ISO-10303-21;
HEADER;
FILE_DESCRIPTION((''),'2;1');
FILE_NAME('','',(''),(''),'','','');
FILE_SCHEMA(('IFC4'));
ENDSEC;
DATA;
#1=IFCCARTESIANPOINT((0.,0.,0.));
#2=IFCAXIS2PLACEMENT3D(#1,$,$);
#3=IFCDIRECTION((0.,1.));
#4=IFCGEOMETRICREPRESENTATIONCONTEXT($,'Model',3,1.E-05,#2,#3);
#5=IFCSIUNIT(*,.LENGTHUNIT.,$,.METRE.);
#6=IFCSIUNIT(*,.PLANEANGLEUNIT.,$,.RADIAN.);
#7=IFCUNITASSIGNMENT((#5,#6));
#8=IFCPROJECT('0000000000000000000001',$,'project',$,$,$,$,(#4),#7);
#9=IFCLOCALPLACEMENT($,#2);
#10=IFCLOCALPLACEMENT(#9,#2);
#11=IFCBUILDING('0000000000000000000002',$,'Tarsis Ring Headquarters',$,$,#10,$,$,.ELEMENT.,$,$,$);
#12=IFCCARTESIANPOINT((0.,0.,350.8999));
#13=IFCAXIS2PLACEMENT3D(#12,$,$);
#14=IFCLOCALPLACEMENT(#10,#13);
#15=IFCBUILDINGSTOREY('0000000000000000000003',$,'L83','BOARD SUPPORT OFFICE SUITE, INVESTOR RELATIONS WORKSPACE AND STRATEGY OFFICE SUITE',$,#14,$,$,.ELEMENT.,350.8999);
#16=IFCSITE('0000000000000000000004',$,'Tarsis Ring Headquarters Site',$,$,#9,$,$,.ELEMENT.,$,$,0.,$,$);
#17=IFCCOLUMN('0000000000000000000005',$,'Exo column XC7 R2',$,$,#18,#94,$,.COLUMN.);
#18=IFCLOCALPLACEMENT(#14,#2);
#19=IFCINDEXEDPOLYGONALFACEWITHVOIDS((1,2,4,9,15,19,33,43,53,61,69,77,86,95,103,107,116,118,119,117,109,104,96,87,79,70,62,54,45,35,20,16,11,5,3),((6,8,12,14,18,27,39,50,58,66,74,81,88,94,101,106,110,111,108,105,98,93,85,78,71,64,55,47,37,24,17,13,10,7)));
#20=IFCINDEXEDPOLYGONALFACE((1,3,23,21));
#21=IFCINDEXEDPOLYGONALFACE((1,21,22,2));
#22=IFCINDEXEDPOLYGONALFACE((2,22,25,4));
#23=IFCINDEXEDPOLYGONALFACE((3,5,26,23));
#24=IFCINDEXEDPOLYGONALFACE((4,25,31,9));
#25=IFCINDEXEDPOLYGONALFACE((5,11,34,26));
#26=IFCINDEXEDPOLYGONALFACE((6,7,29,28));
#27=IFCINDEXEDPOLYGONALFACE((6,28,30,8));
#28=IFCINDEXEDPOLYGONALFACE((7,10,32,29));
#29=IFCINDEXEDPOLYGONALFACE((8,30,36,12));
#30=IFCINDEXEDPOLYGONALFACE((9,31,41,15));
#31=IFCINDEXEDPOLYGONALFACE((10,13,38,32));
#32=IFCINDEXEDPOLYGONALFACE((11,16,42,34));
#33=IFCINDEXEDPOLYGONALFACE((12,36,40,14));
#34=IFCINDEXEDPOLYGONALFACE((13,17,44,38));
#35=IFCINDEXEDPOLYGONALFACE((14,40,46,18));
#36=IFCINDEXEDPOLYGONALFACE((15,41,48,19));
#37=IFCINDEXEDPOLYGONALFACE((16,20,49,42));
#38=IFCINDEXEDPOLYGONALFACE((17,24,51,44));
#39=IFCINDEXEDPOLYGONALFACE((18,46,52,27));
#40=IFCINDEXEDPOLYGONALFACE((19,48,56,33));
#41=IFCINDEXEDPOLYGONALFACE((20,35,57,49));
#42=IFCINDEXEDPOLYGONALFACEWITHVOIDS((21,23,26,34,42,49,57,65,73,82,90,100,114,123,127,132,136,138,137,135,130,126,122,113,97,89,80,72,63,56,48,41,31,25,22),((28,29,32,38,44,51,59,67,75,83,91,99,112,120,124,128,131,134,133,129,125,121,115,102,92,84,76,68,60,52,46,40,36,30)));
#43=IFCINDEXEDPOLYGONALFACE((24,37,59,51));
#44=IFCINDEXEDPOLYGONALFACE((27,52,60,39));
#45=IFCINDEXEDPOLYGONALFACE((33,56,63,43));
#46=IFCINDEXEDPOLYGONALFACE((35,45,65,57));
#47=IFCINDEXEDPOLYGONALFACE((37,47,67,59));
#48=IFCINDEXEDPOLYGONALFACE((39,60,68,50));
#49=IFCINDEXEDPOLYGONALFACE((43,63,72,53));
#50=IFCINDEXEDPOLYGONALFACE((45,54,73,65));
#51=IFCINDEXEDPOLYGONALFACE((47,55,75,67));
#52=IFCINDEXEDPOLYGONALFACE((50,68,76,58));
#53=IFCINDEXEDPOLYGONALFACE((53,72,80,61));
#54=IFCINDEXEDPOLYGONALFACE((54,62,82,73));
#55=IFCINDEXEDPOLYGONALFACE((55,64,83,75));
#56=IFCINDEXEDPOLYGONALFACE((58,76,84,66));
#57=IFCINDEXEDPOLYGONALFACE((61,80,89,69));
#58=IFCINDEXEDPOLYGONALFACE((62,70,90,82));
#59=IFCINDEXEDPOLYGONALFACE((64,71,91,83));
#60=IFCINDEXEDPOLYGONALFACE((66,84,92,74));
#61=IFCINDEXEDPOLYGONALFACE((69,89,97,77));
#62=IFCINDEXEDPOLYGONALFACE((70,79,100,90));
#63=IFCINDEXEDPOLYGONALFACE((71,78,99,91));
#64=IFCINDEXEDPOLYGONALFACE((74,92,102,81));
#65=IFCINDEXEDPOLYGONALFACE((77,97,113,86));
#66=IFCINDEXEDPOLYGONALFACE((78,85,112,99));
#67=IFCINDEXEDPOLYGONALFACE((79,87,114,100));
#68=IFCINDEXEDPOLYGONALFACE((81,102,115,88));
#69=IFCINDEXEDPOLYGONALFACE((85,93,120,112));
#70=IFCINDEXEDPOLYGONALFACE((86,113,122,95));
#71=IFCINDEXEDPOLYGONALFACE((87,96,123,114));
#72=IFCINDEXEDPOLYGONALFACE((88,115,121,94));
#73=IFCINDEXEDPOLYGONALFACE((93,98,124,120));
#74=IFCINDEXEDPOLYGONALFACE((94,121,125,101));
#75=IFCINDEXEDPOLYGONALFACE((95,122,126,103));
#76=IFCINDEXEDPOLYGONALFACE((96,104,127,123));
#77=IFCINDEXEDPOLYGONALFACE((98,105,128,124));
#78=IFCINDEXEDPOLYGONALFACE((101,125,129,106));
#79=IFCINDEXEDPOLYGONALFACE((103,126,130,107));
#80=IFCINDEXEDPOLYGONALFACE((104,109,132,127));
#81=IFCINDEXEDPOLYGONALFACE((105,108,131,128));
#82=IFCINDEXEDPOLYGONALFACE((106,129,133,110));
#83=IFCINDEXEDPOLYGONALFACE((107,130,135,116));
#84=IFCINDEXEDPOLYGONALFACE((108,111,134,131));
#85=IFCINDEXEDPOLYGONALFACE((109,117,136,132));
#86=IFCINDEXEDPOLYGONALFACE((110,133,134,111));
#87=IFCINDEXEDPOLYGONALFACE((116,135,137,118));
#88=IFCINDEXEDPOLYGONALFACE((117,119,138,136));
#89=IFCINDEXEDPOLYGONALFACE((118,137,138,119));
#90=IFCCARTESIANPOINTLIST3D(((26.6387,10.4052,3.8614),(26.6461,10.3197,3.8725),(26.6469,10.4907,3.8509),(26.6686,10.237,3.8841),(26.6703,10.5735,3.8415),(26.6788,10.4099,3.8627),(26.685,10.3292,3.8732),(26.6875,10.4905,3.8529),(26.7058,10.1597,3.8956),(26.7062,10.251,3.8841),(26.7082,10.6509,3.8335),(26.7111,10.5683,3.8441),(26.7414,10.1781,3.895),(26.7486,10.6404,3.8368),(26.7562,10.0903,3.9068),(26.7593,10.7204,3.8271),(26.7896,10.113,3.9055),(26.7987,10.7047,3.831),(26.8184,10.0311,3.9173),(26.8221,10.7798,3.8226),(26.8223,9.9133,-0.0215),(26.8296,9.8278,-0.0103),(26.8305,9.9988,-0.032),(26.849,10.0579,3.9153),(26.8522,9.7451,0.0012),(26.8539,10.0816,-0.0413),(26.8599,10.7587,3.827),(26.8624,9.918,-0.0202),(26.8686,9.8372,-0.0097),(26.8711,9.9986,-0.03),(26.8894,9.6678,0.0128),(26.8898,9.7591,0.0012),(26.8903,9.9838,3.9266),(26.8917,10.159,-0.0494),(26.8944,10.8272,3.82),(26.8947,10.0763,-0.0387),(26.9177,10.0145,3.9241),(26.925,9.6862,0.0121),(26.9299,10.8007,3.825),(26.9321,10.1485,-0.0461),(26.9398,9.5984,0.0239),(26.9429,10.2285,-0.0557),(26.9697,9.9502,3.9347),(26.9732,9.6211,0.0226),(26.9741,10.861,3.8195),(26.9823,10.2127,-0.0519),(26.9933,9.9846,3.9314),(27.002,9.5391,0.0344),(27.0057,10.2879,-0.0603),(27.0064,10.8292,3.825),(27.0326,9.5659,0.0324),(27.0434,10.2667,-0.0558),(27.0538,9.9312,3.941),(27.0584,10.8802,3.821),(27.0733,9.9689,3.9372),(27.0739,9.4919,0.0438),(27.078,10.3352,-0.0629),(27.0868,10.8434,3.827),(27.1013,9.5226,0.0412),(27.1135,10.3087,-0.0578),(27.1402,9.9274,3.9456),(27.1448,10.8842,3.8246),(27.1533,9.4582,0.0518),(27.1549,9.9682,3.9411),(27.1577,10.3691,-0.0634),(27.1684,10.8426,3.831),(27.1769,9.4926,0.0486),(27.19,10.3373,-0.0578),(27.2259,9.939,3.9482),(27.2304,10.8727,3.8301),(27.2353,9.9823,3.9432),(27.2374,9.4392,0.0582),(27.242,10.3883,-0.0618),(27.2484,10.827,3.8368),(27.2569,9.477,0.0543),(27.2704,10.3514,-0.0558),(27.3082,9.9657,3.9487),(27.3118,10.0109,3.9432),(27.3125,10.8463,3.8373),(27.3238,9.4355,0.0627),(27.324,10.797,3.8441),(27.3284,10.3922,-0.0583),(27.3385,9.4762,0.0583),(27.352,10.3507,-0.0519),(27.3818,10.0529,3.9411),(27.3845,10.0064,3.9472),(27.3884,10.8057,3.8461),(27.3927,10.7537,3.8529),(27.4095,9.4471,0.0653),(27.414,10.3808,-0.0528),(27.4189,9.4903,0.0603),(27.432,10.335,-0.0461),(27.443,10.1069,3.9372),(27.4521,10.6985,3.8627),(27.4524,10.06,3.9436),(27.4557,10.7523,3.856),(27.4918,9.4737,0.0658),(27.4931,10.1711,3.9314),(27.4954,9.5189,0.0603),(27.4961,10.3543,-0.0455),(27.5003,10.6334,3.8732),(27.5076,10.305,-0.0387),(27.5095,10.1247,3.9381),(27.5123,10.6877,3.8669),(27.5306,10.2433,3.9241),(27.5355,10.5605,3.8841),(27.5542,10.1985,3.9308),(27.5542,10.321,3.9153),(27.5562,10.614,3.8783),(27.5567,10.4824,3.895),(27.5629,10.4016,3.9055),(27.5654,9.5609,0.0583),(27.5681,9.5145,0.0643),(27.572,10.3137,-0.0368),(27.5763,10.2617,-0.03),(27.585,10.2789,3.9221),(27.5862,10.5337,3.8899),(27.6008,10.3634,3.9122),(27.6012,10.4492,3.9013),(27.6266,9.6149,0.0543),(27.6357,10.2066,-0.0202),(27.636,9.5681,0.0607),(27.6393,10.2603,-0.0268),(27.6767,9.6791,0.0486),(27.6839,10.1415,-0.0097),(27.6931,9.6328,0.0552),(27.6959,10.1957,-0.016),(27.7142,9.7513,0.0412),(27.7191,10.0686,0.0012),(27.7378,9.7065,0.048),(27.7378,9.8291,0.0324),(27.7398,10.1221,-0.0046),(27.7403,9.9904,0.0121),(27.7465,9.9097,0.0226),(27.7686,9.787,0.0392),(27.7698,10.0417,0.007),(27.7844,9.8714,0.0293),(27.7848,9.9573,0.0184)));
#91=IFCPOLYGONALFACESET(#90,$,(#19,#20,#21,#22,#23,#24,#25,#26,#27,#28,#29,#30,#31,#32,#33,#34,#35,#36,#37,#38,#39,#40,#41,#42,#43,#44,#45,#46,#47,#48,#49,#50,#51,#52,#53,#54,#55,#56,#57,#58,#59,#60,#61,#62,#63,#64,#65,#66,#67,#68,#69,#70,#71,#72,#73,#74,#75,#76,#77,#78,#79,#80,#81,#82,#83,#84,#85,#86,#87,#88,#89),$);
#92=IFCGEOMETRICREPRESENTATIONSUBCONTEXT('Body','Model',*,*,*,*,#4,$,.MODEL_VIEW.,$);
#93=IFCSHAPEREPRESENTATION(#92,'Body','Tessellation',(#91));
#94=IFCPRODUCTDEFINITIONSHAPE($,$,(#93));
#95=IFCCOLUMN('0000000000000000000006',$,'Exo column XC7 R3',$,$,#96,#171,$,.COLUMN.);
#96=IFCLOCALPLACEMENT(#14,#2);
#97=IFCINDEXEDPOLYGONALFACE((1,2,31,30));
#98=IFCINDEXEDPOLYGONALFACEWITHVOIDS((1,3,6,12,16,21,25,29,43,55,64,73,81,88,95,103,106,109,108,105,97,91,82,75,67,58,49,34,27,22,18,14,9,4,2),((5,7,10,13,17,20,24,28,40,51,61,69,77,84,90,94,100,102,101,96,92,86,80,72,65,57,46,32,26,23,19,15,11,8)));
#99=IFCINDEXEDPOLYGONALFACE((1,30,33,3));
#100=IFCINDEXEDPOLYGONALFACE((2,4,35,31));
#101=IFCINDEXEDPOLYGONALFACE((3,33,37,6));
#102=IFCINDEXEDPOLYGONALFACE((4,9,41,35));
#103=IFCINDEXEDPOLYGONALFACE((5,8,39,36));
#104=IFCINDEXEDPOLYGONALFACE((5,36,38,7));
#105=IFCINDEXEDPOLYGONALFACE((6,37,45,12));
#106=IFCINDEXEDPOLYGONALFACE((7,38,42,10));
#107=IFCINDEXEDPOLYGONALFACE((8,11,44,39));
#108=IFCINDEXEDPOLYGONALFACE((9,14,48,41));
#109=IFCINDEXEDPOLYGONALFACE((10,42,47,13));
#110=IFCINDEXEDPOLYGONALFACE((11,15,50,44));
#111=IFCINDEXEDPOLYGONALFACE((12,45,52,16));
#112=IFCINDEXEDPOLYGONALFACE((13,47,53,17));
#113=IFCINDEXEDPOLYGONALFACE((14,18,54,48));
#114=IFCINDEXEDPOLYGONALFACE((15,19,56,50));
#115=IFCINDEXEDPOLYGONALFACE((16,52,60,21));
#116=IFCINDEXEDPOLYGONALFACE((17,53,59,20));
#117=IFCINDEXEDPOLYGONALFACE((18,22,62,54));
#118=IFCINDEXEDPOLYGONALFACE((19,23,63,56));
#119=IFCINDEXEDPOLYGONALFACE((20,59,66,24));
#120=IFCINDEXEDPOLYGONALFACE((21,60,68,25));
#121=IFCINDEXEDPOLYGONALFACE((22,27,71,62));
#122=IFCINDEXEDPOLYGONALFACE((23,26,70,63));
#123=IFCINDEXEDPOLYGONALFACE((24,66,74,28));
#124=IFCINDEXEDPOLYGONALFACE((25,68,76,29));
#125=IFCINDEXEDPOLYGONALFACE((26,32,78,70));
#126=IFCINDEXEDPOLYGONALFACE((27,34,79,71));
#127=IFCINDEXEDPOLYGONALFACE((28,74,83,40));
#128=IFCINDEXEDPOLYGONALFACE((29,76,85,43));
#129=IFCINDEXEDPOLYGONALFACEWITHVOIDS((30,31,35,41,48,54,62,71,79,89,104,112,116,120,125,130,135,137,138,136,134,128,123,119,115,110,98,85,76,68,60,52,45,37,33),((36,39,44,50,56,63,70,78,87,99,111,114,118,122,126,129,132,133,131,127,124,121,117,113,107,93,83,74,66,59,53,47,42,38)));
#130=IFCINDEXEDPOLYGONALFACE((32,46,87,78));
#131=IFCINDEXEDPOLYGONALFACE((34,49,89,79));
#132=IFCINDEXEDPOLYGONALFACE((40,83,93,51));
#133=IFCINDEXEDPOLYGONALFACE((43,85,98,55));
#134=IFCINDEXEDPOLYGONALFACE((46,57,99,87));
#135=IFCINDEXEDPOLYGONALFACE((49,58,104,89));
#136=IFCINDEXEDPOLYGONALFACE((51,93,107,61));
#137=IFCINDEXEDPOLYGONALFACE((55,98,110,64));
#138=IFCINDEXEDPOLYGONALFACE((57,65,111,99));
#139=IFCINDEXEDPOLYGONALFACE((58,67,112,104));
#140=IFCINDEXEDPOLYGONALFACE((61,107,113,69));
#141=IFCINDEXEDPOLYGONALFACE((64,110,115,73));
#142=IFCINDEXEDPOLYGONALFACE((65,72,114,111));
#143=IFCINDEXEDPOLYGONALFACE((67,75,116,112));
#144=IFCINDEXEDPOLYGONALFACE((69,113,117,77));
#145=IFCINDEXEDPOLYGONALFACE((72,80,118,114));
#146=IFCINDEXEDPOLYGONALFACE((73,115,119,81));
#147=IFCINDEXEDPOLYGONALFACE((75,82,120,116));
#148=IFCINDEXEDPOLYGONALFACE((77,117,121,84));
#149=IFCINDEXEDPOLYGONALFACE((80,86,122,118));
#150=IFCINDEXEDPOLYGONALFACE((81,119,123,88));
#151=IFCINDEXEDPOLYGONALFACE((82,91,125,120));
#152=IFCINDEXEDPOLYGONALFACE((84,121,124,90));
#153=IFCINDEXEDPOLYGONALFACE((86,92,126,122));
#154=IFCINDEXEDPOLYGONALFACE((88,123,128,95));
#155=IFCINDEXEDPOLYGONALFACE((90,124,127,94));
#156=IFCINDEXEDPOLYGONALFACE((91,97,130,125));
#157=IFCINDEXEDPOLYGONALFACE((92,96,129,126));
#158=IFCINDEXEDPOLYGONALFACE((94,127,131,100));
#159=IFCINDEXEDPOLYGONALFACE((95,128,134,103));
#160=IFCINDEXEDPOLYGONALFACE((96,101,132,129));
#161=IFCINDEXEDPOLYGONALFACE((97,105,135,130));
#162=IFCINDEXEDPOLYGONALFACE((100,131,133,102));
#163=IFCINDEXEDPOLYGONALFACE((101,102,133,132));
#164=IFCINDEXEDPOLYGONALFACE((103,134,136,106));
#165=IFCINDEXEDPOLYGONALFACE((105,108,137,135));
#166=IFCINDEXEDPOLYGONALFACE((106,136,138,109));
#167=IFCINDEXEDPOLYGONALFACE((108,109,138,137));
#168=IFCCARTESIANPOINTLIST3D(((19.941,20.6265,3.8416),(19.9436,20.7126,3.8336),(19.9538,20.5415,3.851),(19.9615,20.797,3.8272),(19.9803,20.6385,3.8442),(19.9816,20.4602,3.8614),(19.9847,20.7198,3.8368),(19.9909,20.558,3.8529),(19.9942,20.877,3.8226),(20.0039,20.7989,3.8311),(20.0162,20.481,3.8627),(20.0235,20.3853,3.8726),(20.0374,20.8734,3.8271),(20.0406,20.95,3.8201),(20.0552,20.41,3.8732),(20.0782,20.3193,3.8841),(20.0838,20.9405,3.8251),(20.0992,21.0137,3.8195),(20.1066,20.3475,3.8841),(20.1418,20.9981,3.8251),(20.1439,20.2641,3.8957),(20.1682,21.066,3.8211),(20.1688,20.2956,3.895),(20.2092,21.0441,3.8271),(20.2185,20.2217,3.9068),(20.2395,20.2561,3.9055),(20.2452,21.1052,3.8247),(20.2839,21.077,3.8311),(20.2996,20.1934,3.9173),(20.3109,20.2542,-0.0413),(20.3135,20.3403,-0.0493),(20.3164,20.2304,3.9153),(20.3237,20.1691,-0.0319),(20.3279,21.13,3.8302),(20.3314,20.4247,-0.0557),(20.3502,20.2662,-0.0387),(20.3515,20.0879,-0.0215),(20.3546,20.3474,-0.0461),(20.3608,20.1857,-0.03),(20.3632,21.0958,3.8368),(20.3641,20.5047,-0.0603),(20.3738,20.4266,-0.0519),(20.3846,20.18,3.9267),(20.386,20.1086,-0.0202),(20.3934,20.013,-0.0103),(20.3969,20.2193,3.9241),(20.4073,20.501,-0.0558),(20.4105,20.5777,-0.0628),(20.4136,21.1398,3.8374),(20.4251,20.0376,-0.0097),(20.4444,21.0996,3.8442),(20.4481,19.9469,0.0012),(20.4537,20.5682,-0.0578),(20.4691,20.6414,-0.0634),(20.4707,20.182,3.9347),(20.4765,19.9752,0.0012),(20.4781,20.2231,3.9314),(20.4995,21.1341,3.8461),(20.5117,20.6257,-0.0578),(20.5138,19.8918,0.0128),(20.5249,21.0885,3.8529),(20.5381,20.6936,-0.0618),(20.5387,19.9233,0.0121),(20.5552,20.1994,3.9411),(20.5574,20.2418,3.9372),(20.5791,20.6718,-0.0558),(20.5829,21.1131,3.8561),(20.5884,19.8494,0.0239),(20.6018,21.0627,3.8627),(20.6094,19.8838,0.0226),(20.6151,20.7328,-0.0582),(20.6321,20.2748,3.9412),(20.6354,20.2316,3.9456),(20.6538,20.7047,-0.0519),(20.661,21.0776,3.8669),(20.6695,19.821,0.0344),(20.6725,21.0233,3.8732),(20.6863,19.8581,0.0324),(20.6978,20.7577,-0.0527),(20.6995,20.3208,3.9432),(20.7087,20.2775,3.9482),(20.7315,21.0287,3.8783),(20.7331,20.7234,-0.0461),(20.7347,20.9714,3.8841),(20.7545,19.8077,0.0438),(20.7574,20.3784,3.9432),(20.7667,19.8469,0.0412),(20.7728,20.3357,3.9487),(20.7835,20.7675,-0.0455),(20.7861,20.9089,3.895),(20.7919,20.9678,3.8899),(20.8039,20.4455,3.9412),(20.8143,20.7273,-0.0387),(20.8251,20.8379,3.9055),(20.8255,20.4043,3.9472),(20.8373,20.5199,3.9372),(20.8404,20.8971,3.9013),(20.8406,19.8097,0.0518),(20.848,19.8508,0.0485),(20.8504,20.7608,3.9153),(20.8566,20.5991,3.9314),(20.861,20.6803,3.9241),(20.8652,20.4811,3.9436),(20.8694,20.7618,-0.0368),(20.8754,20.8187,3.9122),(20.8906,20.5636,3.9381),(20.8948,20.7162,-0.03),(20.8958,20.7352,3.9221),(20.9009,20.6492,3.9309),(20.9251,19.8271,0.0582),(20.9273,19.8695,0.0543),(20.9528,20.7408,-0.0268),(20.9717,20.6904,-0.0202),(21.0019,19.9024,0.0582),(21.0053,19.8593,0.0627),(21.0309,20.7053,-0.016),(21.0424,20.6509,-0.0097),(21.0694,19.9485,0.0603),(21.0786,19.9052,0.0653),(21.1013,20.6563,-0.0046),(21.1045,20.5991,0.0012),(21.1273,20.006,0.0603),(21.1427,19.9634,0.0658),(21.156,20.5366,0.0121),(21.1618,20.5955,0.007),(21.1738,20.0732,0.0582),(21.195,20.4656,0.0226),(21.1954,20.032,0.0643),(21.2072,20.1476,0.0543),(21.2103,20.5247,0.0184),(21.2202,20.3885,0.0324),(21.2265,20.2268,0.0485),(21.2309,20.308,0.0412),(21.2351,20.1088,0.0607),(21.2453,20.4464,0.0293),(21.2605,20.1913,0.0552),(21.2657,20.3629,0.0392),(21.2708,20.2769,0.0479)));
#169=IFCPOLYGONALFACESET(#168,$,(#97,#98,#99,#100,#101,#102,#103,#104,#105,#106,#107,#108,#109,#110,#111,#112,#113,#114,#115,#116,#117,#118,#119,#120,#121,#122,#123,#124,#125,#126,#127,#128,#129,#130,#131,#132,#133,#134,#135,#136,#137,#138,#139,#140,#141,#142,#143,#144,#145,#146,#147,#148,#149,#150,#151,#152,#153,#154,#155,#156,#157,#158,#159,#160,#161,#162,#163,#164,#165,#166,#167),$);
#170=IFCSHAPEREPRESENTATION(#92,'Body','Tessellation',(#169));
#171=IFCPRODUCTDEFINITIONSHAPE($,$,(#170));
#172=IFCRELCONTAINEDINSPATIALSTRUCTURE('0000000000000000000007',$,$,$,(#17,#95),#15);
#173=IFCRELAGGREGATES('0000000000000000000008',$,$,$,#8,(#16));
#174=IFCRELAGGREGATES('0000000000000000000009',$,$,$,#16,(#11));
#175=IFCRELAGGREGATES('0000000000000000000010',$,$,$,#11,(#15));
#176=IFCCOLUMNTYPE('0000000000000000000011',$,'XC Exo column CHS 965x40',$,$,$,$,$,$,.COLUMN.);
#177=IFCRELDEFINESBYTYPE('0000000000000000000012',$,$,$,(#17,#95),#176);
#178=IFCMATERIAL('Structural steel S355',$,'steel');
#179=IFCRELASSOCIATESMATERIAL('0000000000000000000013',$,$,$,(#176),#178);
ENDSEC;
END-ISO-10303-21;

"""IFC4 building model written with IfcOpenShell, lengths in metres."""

from ifc_helpers import new_model, si_unit, direction, frame, origin, origin_2d, place, context, subcontext, project, spatial, hollow_circle, extrude, material, material_profile, profile_set, type_object, element, save


model = new_model("IFC4")

# Units and contexts
model_context = context("Model", 3, precision=1e-05, world=origin(), true_north=direction((0.0, 1.0)))
body_context = subcontext(model_context, "Body", "Model", "MODEL_VIEW")
ifc_project = project(units=[si_unit("LENGTHUNIT", "METRE"), si_unit("PLANEANGLEUNIT", "RADIAN")], contexts=[model_context])

# Site, building, storey
site_placement = place(None, origin())
site = spatial("IfcSite", under=ifc_project, at=site_placement, Name="Tarsis Ring Headquarters Site", CompositionType="ELEMENT", RefElevation=0.0)
building_placement = place(site_placement, origin())
building = spatial("IfcBuilding", under=site, at=building_placement, Name="Tarsis Ring Headquarters", CompositionType="ELEMENT")
storey_placement = place(building_placement, frame((0.0, 0.0, 350.8999)))
storey = spatial("IfcBuildingStorey", under=building, at=storey_placement, Name="L83", Description="BOARD SUPPORT OFFICE SUITE, INVESTOR RELATIONS WORKSPACE AND STRATEGY OFFICE SUITE", CompositionType="ELEMENT", Elevation=350.8999)

# Columns
ifc_material_1 = material(Name="Structural steel S355", Category="steel")
ifc_material_profile_1 = material_profile(ifc_material_1, hollow_circle(Radius=0.4827, WallThickness=0.04, at=origin_2d()), Name="CHS 965x40")
ifc_profile_set_1 = profile_set([ifc_material_profile_1], Name="Structural steel S355")
column_type = type_object("IfcColumnType", Name="XC Exo column CHS 965x40", PredefinedType="COLUMN", material=ifc_profile_set_1)
for number, where, z_axis, x_axis, name in (
    (1, (27.3044, 9.9138, 0.0012), (-0.046857, 0.125555, 0.99098), (-0.936882, -0.349645, 0.0), "Exo column XC7 R2"),
    (2, (20.7905, 20.2871, 0.0012), (-0.094401, 0.095024, 0.990989), (-0.709429, -0.704777, 0.0), "Exo column XC7 R3"),
):
    element("IfcColumn", number, at=place(storey_placement, frame(where, z_axis=z_axis, x_axis=x_axis)), inside=storey, type_object=column_type, Name=name, PredefinedType="COLUMN", context=body_context, shape_type="SweptSolid", body=[
        extrude(hollow_circle(Radius=0.4827, WallThickness=0.04, at=origin_2d()), origin(), (0.0, 0.0, 1.0), 3.9182),
    ])

save(model, "model.ifc")
